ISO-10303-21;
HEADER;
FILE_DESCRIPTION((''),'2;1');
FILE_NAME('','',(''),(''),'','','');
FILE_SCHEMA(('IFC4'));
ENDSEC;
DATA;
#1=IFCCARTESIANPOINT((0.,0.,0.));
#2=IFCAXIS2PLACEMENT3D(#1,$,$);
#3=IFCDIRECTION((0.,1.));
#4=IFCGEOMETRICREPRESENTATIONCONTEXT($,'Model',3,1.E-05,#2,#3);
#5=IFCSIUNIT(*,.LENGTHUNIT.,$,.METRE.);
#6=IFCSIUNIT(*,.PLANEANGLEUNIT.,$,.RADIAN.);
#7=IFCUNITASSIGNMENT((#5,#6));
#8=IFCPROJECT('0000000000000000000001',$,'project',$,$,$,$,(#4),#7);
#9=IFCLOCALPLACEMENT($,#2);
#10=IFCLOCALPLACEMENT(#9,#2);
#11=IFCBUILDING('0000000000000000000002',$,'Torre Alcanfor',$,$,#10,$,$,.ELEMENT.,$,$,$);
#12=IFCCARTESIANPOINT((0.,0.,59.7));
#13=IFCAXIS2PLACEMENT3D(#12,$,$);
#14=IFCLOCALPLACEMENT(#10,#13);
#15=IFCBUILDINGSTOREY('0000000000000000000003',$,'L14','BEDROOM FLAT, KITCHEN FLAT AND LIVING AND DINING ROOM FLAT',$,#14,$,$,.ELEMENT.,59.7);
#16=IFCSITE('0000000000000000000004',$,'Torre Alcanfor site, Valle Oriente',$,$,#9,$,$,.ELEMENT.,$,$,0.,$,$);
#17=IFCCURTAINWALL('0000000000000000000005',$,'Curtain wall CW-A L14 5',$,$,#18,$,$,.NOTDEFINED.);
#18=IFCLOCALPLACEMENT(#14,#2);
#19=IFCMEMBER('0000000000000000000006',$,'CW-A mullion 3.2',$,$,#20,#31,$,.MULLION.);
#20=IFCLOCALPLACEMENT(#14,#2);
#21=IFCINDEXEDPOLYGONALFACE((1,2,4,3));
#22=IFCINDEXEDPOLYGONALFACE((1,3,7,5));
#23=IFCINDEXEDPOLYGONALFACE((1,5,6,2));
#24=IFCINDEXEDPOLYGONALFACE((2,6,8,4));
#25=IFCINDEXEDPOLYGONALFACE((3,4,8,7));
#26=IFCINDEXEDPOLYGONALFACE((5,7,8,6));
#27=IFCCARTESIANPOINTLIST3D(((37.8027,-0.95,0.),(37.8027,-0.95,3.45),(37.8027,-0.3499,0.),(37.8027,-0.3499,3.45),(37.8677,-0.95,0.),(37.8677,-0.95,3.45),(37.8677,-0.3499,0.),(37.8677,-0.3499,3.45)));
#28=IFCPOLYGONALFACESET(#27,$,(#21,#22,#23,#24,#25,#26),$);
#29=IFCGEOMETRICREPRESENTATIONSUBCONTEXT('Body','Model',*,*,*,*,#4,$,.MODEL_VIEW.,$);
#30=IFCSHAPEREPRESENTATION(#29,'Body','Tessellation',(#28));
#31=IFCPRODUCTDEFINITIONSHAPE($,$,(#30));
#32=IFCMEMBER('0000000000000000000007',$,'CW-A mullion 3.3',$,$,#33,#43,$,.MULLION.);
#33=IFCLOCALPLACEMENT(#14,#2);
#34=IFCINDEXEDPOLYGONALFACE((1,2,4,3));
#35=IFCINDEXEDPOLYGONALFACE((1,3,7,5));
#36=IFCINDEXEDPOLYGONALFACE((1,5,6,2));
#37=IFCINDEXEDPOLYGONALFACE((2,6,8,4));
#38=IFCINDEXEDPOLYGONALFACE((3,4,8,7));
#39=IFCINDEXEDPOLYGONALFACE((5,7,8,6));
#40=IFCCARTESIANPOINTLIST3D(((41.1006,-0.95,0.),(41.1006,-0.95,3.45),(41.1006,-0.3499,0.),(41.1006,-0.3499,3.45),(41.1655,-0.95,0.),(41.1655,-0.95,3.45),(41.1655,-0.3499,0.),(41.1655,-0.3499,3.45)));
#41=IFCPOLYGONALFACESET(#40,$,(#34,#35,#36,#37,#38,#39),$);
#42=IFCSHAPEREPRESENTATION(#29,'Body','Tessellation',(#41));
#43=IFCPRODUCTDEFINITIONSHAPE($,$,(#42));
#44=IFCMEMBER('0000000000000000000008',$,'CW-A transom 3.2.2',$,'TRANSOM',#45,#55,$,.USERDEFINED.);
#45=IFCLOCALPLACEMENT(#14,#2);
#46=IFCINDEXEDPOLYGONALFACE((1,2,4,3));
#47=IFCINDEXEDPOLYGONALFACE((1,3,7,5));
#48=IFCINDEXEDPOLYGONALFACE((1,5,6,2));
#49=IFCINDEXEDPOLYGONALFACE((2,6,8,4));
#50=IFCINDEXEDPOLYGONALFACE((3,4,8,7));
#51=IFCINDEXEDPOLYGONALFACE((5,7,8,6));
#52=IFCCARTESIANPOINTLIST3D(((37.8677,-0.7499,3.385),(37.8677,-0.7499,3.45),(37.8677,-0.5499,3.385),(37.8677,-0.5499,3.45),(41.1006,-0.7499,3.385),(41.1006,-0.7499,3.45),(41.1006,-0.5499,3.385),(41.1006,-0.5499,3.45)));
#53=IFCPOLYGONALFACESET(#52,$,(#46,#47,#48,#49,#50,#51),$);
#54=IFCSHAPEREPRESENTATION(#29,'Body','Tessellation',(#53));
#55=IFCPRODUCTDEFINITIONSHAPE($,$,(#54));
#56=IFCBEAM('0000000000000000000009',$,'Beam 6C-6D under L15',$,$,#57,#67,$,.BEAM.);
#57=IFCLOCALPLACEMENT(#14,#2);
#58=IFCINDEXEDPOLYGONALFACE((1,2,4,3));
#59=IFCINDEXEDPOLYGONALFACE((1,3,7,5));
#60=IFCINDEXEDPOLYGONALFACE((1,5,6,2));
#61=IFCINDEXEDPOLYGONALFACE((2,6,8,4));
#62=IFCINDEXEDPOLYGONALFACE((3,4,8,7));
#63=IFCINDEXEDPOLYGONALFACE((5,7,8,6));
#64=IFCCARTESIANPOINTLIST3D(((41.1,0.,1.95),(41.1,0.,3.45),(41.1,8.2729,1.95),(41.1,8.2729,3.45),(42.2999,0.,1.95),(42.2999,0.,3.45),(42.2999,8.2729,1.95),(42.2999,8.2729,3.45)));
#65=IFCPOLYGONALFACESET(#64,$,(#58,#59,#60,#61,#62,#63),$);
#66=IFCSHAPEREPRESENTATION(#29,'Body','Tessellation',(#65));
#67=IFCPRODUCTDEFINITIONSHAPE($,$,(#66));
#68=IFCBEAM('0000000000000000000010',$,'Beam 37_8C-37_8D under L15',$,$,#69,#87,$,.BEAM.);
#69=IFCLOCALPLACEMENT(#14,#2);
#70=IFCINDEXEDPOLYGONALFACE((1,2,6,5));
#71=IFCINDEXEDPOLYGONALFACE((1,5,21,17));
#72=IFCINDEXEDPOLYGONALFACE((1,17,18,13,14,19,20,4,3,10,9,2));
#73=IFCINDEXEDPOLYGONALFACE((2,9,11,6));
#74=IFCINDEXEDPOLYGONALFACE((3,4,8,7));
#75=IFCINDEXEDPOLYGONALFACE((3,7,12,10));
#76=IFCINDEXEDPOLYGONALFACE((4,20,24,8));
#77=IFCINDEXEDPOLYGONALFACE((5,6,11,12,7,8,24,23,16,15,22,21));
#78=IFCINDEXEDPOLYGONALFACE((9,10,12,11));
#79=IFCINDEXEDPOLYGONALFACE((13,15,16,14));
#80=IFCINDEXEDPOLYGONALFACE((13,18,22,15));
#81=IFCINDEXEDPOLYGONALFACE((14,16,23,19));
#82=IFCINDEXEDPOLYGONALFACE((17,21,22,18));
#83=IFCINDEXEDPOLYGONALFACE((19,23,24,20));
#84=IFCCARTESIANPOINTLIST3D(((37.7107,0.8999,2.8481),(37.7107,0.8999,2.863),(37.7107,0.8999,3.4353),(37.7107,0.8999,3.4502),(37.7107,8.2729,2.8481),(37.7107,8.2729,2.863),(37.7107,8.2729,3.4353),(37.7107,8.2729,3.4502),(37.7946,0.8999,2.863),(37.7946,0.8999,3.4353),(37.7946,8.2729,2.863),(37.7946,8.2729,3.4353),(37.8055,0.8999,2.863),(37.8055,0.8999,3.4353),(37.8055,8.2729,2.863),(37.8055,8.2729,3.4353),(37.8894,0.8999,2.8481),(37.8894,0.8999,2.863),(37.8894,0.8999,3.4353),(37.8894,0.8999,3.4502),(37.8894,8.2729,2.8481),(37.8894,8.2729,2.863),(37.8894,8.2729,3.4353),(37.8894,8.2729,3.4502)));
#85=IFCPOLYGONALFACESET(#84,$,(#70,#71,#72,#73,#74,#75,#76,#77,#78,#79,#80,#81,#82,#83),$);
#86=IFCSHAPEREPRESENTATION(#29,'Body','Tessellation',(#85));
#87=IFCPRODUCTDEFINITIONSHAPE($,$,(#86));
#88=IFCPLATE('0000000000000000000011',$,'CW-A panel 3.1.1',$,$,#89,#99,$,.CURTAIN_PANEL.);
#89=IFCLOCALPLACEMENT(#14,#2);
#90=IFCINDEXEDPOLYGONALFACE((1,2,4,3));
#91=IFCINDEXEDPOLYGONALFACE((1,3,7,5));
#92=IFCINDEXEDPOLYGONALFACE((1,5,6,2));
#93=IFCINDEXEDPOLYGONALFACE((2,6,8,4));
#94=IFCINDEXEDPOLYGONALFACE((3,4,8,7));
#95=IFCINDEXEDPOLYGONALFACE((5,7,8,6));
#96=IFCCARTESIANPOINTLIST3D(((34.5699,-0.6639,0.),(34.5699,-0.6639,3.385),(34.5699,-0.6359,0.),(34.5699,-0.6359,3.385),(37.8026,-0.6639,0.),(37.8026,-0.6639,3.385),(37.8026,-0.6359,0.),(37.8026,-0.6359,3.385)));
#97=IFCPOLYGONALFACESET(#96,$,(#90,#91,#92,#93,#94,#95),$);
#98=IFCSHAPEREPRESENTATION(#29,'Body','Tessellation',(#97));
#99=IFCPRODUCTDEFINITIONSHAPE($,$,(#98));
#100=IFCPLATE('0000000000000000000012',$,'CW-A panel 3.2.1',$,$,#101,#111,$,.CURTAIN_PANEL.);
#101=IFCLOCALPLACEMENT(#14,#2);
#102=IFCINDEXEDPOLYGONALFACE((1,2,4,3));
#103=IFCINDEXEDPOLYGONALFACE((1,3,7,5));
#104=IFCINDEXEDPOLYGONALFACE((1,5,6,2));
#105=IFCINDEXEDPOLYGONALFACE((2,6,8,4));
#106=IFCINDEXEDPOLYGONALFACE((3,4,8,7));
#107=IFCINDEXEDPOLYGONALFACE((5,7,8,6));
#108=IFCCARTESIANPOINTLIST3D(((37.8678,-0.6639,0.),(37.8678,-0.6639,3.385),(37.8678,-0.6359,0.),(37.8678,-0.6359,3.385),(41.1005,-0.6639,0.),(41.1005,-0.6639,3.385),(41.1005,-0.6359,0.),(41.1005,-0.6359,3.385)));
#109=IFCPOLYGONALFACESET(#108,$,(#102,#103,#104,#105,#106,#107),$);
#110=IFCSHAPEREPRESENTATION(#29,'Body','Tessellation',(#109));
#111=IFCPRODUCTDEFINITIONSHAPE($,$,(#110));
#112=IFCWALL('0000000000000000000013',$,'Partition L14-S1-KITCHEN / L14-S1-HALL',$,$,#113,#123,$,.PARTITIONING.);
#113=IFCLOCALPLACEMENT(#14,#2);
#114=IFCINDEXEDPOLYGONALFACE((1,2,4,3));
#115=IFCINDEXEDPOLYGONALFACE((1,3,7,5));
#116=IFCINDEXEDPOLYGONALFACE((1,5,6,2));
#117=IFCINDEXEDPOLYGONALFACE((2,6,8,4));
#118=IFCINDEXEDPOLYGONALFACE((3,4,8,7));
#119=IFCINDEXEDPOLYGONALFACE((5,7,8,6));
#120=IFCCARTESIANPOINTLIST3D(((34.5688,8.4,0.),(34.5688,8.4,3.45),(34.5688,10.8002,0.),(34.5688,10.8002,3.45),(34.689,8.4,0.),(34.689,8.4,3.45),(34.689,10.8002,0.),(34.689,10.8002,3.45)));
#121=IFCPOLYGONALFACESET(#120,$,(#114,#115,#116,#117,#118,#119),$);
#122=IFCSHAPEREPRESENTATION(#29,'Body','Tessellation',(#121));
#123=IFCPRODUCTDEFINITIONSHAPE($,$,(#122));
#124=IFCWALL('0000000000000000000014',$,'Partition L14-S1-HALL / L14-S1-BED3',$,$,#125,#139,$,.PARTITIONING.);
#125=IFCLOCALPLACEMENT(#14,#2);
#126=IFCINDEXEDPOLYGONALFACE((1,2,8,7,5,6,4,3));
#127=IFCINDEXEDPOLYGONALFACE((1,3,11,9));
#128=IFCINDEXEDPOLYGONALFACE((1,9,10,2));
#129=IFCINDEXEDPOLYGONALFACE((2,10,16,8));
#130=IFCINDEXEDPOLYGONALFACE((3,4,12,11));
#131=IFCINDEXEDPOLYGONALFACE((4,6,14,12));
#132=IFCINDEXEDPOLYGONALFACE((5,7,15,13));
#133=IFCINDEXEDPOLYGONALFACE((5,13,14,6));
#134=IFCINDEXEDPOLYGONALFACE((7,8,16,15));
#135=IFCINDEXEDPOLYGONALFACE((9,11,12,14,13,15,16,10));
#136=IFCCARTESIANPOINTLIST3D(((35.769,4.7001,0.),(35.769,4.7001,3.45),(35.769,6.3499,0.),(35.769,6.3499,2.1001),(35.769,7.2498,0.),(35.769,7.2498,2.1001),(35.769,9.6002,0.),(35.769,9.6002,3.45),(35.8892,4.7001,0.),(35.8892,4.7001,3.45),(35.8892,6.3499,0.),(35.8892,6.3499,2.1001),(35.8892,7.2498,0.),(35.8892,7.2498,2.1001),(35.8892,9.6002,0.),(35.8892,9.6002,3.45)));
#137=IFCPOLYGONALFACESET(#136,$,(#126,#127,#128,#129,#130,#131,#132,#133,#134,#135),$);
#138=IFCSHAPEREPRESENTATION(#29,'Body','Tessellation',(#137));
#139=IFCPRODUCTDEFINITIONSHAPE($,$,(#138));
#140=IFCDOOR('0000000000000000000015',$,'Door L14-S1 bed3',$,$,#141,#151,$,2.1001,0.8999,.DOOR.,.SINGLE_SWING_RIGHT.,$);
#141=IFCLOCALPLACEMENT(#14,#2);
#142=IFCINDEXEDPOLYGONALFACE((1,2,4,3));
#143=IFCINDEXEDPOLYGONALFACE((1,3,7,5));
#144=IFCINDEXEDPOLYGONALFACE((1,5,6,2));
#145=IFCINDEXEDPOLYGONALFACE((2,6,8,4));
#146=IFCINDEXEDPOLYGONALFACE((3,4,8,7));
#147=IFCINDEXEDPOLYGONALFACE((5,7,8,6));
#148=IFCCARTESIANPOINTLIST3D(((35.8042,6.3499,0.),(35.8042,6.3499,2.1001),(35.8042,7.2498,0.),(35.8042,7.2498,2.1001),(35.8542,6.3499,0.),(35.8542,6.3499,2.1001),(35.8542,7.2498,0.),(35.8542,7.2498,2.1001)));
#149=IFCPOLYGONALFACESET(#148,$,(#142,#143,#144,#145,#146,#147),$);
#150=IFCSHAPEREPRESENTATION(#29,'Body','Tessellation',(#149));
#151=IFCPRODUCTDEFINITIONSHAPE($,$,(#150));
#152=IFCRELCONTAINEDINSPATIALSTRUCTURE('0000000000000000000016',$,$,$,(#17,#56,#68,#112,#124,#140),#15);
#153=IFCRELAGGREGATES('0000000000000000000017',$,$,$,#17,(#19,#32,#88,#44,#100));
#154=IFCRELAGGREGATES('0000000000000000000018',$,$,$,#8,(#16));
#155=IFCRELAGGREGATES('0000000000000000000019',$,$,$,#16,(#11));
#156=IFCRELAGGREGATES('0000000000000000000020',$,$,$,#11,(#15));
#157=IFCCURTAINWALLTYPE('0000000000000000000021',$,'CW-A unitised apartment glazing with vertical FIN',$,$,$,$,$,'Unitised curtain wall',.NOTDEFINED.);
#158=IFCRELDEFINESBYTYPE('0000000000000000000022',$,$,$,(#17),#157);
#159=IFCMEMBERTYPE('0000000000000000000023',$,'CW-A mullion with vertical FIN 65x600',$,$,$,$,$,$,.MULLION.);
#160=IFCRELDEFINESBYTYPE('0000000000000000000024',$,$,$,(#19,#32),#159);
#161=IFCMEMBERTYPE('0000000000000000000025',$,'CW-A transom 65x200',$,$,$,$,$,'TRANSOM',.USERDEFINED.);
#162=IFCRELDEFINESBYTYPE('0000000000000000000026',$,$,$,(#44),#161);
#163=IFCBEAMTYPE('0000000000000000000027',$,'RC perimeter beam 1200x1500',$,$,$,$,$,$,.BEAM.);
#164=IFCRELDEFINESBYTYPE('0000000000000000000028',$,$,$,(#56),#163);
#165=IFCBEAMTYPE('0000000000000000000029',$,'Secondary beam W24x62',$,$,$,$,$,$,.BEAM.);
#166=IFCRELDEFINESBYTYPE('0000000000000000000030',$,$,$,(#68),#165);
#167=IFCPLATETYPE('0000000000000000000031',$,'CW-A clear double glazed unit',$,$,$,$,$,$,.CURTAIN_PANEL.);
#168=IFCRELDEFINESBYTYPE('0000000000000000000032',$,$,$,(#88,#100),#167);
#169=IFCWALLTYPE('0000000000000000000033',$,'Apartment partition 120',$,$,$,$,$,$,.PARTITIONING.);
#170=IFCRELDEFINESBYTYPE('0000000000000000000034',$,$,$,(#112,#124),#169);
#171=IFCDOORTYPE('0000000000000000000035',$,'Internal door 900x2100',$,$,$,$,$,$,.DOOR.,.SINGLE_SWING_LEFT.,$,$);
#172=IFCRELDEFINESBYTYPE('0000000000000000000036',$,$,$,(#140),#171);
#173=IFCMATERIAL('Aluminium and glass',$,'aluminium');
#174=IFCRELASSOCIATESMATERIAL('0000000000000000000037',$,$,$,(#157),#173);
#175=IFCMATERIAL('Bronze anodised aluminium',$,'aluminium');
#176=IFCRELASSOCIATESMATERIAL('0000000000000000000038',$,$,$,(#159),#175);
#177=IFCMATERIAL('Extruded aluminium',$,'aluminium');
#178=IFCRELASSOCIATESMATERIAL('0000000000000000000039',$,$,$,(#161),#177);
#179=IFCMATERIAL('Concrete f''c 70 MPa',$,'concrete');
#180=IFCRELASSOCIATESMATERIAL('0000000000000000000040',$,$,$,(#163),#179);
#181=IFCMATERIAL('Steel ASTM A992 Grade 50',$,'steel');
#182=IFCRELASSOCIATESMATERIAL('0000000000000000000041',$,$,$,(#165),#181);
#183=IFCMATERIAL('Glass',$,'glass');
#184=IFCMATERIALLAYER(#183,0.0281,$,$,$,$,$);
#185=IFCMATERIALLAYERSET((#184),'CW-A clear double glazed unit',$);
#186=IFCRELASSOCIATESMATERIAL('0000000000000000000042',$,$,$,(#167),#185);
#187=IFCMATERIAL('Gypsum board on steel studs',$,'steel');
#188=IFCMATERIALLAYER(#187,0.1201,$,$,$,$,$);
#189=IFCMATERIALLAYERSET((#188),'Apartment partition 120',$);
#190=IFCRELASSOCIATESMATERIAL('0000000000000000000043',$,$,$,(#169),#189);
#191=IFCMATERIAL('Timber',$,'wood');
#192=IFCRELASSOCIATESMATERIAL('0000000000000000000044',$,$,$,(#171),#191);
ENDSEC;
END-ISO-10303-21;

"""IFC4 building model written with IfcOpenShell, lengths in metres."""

from ifc_helpers import new_model, si_unit, direction, frame, frame_2d, origin, origin_2d, place, context, subcontext, project, spatial, rectangle, i_section, extrude, material, layer, layer_set, material_profile, profile_set, type_object, element, fill, aggregate, save


model = new_model("IFC4")

# Units and contexts
model_context = context("Model", 3, precision=1e-05, world=origin(), true_north=direction((0.0, 1.0)))
body_context = subcontext(model_context, "Body", "Model", "MODEL_VIEW")
ifc_project = project(units=[si_unit("LENGTHUNIT", "METRE"), si_unit("PLANEANGLEUNIT", "RADIAN")], contexts=[model_context])

# Site, building, storey
site_placement = place(None, origin())
site = spatial("IfcSite", under=ifc_project, at=site_placement, Name="Torre Alcanfor site, Valle Oriente", CompositionType="ELEMENT", RefElevation=0.0)
building_placement = place(site_placement, origin())
building = spatial("IfcBuilding", under=site, at=building_placement, Name="Torre Alcanfor", CompositionType="ELEMENT")
storey_placement = place(building_placement, frame((0.0, 0.0, 59.7)))
storey = spatial("IfcBuildingStorey", under=building, at=storey_placement, Name="L14", Description="BEDROOM FLAT, KITCHEN FLAT AND LIVING AND DINING ROOM FLAT", CompositionType="ELEMENT", Elevation=59.7)

# Curtain wall, members
ifc_material_1 = material(Name="Aluminium and glass", Category="aluminium")
curtain_wall_type = type_object("IfcCurtainWallType", Name="CW-A unitised apartment glazing with vertical FIN", ElementType="Unitised curtain wall", PredefinedType="NOTDEFINED", material=ifc_material_1)
curtain_wall_placement = place(storey_placement, origin())
curtain_wall = element("IfcCurtainWall", 1, at=curtain_wall_placement, inside=storey, type_object=curtain_wall_type, Name="Curtain wall CW-A L14 5", PredefinedType="NOTDEFINED")
ifc_material_2 = material(Name="Bronze anodised aluminium", Category="aluminium")
ifc_material_profile_1 = material_profile(ifc_material_2, rectangle(XDim=0.6001, YDim=0.0649, at=origin_2d()), Name="CW-A mullion 65x600")
ifc_profile_set_1 = profile_set([ifc_material_profile_1], Name="Bronze anodised aluminium")
member_type_1 = type_object("IfcMemberType", Name="CW-A mullion with vertical FIN 65x600", PredefinedType="MULLION", material=ifc_profile_set_1)
member_1_placement = place(storey_placement, frame((37.8352, -0.6499, 0.0), z_axis=(0.0, 0.0, 1.0), x_axis=(0.0, 1.0, 0.0)))
member_1 = element("IfcMember", 2, at=member_1_placement, type_object=member_type_1, Name="CW-A mullion 3.2", PredefinedType="MULLION", context=body_context, shape_type="SweptSolid", body=[
    extrude(rectangle(XDim=0.6001, YDim=0.0649, at=origin_2d()), origin(), (0.0, 0.0, 1.0), 3.45),
])
member_2_placement = place(storey_placement, frame((41.1331, -0.6499, 0.0), z_axis=(0.0, 0.0, 1.0), x_axis=(0.0, 1.0, 0.0)))
member_2 = element("IfcMember", 3, at=member_2_placement, type_object=member_type_1, Name="CW-A mullion 3.3", PredefinedType="MULLION", context=body_context, shape_type="SweptSolid", body=[
    extrude(rectangle(XDim=0.6001, YDim=0.0649, at=origin_2d()), origin(), (0.0, 0.0, 1.0), 3.45),
])
ifc_material_3 = material(Name="Extruded aluminium", Category="aluminium")
ifc_material_profile_2 = material_profile(ifc_material_3, rectangle(XDim=0.2, YDim=0.0649, at=origin_2d()), Name="CW-A transom 200x65")
ifc_profile_set_2 = profile_set([ifc_material_profile_2], Name="Extruded aluminium")
member_type_2 = type_object("IfcMemberType", Name="CW-A transom 65x200", ElementType="TRANSOM", PredefinedType="USERDEFINED", material=ifc_profile_set_2)
member_3_placement = place(storey_placement, frame((37.8677, -0.6499, 3.4175), z_axis=(1.0, 0.0, 0.0), x_axis=(0.0, 1.0, 0.0)))
member_3 = element("IfcMember", 4, at=member_3_placement, type_object=member_type_2, Name="CW-A transom 3.2.2", ObjectType="TRANSOM", PredefinedType="USERDEFINED", context=body_context, shape_type="SweptSolid", body=[
    extrude(rectangle(XDim=0.2, YDim=0.0649, at=origin_2d()), origin(), (0.0, 0.0, 1.0), 3.2329),
])

# Beams
ifc_material_4 = material(Name="Concrete f'c 70 MPa", Category="concrete")
ifc_material_profile_3 = material_profile(ifc_material_4, rectangle(XDim=1.2, YDim=1.5, at=origin_2d()), Name="1200x1500")
ifc_profile_set_3 = profile_set([ifc_material_profile_3], Name="Concrete f'c 70 MPa")
beam_type_1 = type_object("IfcBeamType", Name="RC perimeter beam 1200x1500", PredefinedType="BEAM", material=ifc_profile_set_3)
beam_1_placement = place(storey_placement, frame((41.7, 0.0, 2.7), z_axis=(0.0, 1.0, 0.0), x_axis=(-1.0, 0.0, 0.0)))
element("IfcBeam", 5, at=beam_1_placement, inside=storey, type_object=beam_type_1, Name="Beam 6C-6D under L15", PredefinedType="BEAM", context=body_context, shape_type="SweptSolid", body=[
    extrude(rectangle(XDim=1.2, YDim=1.5, at=origin_2d()), origin(), (0.0, 0.0, 1.0), 8.2729),
])
ifc_material_5 = material(Name="Steel ASTM A992 Grade 50", Category="steel")
ifc_material_profile_4 = material_profile(ifc_material_5, i_section(OverallWidth=0.1787, OverallDepth=0.6021, WebThickness=0.011, FlangeThickness=0.0149, at=origin_2d()), Name="W24x62")
ifc_profile_set_4 = profile_set([ifc_material_profile_4], Name="Steel ASTM A992 Grade 50")
beam_type_2 = type_object("IfcBeamType", Name="Secondary beam W24x62", PredefinedType="BEAM", material=ifc_profile_set_4)
beam_2_placement = place(storey_placement, frame((37.8, 0.8999, 3.1492), z_axis=(0.0, 1.0, 0.0), x_axis=(-1.0, 0.0, 0.0)))
element("IfcBeam", 6, at=beam_2_placement, inside=storey, type_object=beam_type_2, Name="Beam 37_8C-37_8D under L15", PredefinedType="BEAM", context=body_context, shape_type="SweptSolid", body=[
    extrude(i_section(OverallWidth=0.1787, OverallDepth=0.6021, WebThickness=0.011, FlangeThickness=0.0149, at=origin_2d()), origin(), (0.0, 0.0, 1.0), 7.373),
])

# Plates
ifc_material_6 = material(Name="Glass", Category="glass")
ifc_layer_1 = layer(ifc_material_6, 0.0281)
ifc_layer_set_1 = layer_set([ifc_layer_1], Name="CW-A clear double glazed unit")
plate_type = type_object("IfcPlateType", Name="CW-A clear double glazed unit", PredefinedType="CURTAIN_PANEL", material=ifc_layer_set_1)
plate_1_placement = place(storey_placement, frame((36.1863, -0.6499, 0.0), z_axis=(0.0, 0.0, 1.0), x_axis=(1.0, 0.0, 0.0)))
plate_1 = element("IfcPlate", 7, at=plate_1_placement, type_object=plate_type, Name="CW-A panel 3.1.1", PredefinedType="CURTAIN_PANEL", context=body_context, shape_type="SweptSolid", body=[
    extrude(rectangle(XDim=3.2327, YDim=0.0281, at=origin_2d()), origin(), (0.0, 0.0, 1.0), 3.385),
])
plate_2_placement = place(storey_placement, frame((39.4841, -0.6499, 0.0), z_axis=(0.0, 0.0, 1.0), x_axis=(1.0, 0.0, 0.0)))
plate_2 = element("IfcPlate", 8, at=plate_2_placement, type_object=plate_type, Name="CW-A panel 3.2.1", PredefinedType="CURTAIN_PANEL", context=body_context, shape_type="SweptSolid", body=[
    extrude(rectangle(XDim=3.2327, YDim=0.0281, at=origin_2d()), origin(), (0.0, 0.0, 1.0), 3.385),
])
aggregate(curtain_wall, [member_1, member_2, plate_1, member_3, plate_2])

# Wall
ifc_material_7 = material(Name="Gypsum board on steel studs", Category="steel")
ifc_layer_2 = layer(ifc_material_7, 0.1201)
ifc_layer_set_2 = layer_set([ifc_layer_2], Name="Apartment partition 120")
wall_type_1 = type_object("IfcWallType", Name="Apartment partition 120", PredefinedType="PARTITIONING", material=ifc_layer_set_2)
wall_1_placement = place(storey_placement, frame((34.6289, 8.3999, 0.0), z_axis=(0.0, 0.0, 1.0), x_axis=(0.0, 1.0, 0.0)))
element("IfcWall", 9, at=wall_1_placement, inside=storey, type_object=wall_type_1, Name="Partition L14-S1-KITCHEN / L14-S1-HALL", PredefinedType="PARTITIONING", context=body_context, shape_type="SweptSolid", body=[
    extrude(rectangle(XDim=2.4001, YDim=0.1201, at=frame_2d((1.2002, 0.0))), origin(), (0.0, 0.0, 1.0), 3.45),
])

# Wall, opening, door
wall_2_placement = place(storey_placement, frame((35.8291, 4.7, 0.0), z_axis=(0.0, 0.0, 1.0), x_axis=(0.0, 1.0, 0.0)))
wall_2 = element("IfcWall", 10, at=wall_2_placement, inside=storey, type_object=wall_type_1, Name="Partition L14-S1-HALL / L14-S1-BED3", PredefinedType="PARTITIONING", context=body_context, shape_type="SweptSolid", body=[
    extrude(rectangle(XDim=4.9001, YDim=0.1201, at=frame_2d((2.4502, 0.0))), origin(), (0.0, 0.0, 1.0), 3.45),
])
opening_1_placement = place(wall_2_placement, frame((1.6499, 0.0, 0.0)))
opening_1 = element("IfcOpeningElement", 11, at=opening_1_placement, cuts=wall_2, PredefinedType="OPENING", context=body_context, shape_type="SweptSolid", body=[
    extrude(rectangle(XDim=0.8999, YDim=2.1001, at=frame_2d((0.45, 1.05))), frame((0.0, 0.0701, 0.0), z_axis=(0.0, -1.0, 0.0), x_axis=(1.0, 0.0, 0.0)), (0.0, 0.0, 1.0), 0.1401),
])
ifc_material_8 = material(Name="Timber", Category="wood")
door_type = type_object("IfcDoorType", Name="Internal door 900x2100", OperationType="SINGLE_SWING_LEFT", PredefinedType="DOOR", material=ifc_material_8)
door_1_placement = place(opening_1_placement, frame((0.8999, 0.0, 0.0), z_axis=(0.0, 0.0, 1.0), x_axis=(-1.0, 0.0, 0.0)))
door_1 = element("IfcDoor", 12, at=door_1_placement, inside=storey, type_object=door_type, Name="Door L14-S1 bed3", OperationType="SINGLE_SWING_RIGHT", OverallHeight=2.1001, OverallWidth=0.8999, PredefinedType="DOOR", context=body_context, shape_type="SweptSolid", body=[
    extrude(rectangle(XDim=0.8999, YDim=2.1001, at=frame_2d((0.45, 1.05))), frame((0.0, 0.0251, 0.0), z_axis=(0.0, -1.0, 0.0), x_axis=(1.0, 0.0, 0.0)), (0.0, 0.0, 1.0), 0.05),
])
fill(opening_1, door_1)

save(model, "model.ifc")
